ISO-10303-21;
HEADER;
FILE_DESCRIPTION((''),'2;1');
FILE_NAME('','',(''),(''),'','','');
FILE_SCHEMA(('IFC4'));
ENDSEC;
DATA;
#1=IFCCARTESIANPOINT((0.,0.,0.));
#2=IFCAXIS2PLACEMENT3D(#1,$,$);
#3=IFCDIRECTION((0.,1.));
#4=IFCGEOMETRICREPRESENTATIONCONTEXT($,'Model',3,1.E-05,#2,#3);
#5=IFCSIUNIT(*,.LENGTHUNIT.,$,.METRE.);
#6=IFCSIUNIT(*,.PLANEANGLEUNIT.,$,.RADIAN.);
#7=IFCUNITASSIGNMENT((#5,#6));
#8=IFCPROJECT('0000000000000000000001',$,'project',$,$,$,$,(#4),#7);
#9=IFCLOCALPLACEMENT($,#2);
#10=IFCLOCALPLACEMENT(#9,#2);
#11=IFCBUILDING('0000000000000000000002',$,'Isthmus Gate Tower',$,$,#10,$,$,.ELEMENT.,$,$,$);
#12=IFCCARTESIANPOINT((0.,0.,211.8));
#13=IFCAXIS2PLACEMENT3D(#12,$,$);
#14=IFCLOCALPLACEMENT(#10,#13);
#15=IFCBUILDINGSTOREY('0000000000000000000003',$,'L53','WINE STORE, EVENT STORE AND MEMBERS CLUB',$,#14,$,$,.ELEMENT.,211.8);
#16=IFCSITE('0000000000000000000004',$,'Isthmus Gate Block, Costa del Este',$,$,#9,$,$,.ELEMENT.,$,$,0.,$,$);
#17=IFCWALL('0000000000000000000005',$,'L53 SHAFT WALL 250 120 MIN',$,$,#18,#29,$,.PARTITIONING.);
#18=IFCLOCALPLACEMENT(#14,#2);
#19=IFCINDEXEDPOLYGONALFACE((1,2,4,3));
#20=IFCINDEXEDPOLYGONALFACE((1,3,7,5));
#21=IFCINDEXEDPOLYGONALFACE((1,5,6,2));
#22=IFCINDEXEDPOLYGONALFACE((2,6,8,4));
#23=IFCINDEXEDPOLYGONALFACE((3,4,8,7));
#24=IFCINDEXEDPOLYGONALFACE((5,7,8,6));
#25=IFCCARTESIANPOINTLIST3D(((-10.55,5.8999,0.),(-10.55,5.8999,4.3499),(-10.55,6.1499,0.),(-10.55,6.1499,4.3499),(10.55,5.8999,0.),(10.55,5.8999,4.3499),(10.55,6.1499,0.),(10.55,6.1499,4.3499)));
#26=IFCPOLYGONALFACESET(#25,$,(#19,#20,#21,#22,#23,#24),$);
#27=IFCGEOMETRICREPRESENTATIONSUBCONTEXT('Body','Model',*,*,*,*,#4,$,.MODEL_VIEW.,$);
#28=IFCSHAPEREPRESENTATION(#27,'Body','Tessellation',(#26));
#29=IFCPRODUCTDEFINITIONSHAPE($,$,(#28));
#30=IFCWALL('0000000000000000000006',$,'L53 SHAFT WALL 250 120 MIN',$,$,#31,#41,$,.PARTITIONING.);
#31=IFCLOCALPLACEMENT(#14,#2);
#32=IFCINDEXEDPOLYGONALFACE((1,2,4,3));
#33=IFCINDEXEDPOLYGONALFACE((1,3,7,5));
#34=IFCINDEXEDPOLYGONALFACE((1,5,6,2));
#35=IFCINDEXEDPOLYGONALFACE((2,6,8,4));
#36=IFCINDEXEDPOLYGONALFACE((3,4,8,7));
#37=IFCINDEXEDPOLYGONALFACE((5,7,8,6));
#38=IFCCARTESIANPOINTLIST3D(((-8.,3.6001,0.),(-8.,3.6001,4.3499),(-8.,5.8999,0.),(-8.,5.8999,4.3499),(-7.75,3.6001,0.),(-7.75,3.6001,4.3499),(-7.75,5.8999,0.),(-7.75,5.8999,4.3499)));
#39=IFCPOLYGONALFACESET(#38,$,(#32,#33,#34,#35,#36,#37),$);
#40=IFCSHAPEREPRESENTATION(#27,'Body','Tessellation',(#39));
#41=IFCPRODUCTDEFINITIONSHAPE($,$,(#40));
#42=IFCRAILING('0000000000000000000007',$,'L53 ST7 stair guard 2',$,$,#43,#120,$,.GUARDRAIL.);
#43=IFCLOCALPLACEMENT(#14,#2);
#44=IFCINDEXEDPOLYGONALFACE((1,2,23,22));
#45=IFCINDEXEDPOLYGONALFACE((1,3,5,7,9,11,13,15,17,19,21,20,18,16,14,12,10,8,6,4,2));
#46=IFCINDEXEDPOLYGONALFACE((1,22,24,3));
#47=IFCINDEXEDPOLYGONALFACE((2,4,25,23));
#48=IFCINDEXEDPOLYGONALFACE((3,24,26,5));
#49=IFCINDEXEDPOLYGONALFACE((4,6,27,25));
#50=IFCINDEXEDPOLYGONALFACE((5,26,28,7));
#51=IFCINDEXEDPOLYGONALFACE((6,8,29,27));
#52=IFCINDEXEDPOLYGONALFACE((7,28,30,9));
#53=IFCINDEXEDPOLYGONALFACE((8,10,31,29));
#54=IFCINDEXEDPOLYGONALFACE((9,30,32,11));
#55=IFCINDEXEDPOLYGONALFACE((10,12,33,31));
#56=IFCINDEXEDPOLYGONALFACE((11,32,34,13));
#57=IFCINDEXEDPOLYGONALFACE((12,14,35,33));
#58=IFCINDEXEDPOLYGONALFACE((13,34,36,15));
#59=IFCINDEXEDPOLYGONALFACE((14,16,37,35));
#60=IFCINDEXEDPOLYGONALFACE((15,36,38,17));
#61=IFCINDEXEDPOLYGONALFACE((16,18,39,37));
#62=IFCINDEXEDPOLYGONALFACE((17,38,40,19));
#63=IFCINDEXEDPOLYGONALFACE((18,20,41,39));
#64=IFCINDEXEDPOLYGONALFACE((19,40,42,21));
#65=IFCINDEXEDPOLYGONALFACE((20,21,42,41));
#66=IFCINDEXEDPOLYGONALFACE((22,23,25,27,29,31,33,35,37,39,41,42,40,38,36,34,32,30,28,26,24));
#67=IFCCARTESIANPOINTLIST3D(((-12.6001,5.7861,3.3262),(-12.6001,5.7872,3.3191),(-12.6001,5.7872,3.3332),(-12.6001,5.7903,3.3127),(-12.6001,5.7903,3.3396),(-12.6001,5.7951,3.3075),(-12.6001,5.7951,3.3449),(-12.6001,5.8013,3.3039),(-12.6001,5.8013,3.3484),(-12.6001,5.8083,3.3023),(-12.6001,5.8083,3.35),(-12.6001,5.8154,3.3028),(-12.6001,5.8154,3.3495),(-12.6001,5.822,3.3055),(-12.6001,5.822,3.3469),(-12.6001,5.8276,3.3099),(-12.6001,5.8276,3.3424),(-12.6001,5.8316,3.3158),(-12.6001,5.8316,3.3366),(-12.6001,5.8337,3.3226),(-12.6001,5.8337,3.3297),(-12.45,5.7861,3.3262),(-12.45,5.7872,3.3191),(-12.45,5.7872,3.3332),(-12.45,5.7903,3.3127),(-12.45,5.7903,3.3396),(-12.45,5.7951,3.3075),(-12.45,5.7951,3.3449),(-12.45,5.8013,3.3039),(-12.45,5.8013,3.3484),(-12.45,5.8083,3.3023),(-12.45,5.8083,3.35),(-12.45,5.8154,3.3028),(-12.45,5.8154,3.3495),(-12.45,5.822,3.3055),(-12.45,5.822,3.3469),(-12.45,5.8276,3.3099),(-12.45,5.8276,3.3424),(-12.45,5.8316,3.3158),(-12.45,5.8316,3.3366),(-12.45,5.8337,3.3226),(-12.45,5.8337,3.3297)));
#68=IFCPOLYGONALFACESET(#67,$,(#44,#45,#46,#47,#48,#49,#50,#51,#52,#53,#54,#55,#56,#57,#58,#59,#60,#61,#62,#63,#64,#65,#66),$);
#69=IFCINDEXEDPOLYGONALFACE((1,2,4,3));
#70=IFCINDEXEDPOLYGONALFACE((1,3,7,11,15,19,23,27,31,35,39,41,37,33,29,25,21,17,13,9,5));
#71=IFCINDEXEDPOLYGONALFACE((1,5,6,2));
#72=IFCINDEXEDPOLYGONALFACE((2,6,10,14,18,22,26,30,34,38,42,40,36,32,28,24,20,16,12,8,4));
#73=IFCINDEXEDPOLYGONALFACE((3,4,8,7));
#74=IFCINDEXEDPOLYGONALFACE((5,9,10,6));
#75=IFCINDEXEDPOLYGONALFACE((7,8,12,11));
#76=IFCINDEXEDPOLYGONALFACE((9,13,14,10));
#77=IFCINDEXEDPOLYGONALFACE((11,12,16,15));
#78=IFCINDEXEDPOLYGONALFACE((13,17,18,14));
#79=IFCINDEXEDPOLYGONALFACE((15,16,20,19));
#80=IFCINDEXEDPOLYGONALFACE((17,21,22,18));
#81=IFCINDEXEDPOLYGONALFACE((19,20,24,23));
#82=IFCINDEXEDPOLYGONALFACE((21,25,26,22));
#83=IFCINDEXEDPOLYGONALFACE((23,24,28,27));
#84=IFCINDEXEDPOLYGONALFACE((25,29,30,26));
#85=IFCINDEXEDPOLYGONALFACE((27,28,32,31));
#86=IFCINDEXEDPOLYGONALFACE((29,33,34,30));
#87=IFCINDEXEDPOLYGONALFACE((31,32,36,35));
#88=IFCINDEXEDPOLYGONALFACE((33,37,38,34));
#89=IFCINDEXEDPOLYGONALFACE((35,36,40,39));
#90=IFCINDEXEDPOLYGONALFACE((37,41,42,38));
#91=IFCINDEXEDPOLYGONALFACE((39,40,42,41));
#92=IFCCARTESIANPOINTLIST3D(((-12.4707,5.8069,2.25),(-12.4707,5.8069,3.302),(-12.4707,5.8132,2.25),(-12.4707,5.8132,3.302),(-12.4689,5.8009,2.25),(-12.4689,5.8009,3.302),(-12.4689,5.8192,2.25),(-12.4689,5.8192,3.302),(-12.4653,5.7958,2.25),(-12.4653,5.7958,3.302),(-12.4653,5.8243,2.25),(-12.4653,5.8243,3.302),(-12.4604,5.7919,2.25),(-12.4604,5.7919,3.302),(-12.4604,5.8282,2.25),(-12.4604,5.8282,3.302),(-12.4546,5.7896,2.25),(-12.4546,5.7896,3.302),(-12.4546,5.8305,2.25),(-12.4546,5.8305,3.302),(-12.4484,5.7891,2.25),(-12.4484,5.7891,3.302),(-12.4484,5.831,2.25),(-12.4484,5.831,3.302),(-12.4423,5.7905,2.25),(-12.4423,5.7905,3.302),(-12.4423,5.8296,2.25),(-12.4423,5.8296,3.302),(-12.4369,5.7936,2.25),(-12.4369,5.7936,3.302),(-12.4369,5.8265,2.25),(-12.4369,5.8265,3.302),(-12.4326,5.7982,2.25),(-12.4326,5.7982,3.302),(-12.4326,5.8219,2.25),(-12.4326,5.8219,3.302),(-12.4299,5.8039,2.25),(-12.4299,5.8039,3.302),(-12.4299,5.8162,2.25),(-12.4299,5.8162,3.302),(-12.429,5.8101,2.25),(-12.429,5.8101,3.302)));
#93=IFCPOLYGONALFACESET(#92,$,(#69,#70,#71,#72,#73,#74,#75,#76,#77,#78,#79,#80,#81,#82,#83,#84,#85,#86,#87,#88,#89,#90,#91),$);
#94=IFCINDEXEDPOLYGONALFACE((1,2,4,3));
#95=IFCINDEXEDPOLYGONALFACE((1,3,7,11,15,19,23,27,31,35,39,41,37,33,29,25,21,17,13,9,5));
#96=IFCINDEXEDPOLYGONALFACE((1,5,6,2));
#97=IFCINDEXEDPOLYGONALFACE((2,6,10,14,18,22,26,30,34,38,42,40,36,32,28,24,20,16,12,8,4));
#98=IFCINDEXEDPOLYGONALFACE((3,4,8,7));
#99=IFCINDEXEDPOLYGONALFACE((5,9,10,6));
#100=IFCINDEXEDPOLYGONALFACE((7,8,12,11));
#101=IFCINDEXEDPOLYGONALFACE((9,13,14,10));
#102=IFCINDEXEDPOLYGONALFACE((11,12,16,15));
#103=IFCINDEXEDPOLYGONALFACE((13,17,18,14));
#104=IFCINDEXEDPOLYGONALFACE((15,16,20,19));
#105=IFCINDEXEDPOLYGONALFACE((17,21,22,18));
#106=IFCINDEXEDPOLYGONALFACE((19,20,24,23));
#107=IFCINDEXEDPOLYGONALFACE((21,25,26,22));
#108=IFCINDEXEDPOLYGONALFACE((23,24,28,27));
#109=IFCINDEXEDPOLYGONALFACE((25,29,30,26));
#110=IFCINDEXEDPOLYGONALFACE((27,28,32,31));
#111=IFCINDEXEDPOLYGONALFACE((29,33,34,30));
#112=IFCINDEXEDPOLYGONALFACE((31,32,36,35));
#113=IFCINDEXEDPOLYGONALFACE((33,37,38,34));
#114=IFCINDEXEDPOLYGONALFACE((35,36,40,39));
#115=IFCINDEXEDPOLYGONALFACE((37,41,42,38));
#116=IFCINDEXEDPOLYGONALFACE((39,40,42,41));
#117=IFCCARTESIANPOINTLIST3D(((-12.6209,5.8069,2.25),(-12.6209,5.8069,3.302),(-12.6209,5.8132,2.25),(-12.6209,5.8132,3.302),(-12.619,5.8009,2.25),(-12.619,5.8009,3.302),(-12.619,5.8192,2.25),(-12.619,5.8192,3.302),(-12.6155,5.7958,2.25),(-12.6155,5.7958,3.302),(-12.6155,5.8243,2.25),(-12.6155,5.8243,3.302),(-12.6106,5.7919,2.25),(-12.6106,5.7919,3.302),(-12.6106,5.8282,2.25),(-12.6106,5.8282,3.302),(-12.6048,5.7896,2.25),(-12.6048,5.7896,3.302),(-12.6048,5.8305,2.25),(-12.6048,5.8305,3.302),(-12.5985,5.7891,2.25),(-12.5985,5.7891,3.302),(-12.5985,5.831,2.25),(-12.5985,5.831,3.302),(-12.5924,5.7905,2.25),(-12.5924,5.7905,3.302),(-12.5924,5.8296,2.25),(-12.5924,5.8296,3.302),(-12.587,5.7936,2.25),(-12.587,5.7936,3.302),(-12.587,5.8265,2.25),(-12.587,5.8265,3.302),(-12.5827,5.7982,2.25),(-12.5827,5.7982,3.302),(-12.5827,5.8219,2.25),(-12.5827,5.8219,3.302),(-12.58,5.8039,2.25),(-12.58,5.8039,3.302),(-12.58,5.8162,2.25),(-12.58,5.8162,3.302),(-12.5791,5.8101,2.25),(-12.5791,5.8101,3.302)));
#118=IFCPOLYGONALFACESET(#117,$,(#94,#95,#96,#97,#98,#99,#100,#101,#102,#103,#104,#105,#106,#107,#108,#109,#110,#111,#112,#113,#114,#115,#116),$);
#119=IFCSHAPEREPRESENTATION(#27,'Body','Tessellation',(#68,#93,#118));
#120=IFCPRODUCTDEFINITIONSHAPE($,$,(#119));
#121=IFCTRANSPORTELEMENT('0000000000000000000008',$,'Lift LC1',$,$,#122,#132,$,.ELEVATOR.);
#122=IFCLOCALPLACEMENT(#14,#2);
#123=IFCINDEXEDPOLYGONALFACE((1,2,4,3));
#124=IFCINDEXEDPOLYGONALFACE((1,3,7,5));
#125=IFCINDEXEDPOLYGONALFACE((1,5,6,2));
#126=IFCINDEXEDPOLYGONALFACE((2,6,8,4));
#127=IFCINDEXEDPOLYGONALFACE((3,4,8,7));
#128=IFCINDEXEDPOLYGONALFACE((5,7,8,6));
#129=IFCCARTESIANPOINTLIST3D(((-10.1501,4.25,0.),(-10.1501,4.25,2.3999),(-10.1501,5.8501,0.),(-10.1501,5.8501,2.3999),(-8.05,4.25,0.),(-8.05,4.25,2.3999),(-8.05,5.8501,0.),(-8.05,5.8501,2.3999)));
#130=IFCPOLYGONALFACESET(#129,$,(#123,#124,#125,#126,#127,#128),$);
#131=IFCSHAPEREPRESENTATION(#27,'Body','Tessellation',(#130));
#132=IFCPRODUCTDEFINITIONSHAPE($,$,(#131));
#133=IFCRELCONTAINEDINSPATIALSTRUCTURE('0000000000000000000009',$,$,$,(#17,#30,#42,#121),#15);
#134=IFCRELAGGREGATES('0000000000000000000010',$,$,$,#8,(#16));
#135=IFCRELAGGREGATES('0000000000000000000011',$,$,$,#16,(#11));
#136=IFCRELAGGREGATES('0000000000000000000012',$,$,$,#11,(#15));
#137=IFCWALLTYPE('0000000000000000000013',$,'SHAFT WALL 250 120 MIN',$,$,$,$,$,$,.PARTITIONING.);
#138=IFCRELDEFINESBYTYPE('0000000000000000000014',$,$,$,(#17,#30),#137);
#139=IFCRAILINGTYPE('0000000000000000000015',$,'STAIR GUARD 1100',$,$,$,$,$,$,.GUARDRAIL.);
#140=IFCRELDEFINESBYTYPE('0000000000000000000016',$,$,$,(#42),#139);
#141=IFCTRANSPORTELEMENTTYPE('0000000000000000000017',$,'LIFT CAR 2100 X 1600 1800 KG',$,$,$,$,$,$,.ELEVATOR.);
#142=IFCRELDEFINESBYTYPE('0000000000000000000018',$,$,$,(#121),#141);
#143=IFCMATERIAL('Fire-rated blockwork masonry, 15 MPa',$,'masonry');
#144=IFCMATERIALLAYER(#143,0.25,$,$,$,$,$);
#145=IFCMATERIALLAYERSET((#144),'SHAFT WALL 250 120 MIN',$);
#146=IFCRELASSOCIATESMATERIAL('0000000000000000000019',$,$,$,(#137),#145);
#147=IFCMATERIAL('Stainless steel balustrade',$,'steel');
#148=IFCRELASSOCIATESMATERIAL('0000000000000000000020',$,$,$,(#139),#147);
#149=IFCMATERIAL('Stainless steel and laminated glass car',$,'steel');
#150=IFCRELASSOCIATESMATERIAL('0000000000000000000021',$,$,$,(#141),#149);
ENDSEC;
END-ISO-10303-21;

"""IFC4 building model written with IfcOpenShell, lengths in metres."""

from ifc_helpers import new_model, si_unit, direction, frame, frame_2d, origin, origin_2d, place, context, subcontext, project, spatial, rectangle, circle, extrude, material, layer, layer_set, type_object, element, save


model = new_model("IFC4")

# Units and contexts
model_context = context("Model", 3, precision=1e-05, world=origin(), true_north=direction((0.0, 1.0)))
body_context = subcontext(model_context, "Body", "Model", "MODEL_VIEW")
ifc_project = project(units=[si_unit("LENGTHUNIT", "METRE"), si_unit("PLANEANGLEUNIT", "RADIAN")], contexts=[model_context])

# Site, building, storey
site_placement = place(None, origin())
site = spatial("IfcSite", under=ifc_project, at=site_placement, Name="Isthmus Gate Block, Costa del Este", CompositionType="ELEMENT", RefElevation=0.0)
building_placement = place(site_placement, origin())
building = spatial("IfcBuilding", under=site, at=building_placement, Name="Isthmus Gate Tower", CompositionType="ELEMENT")
storey_placement = place(building_placement, frame((0.0, 0.0, 211.8)))
storey = spatial("IfcBuildingStorey", under=building, at=storey_placement, Name="L53", Description="WINE STORE, EVENT STORE AND MEMBERS CLUB", CompositionType="ELEMENT", Elevation=211.8)

# Walls
ifc_material_1 = material(Name="Fire-rated blockwork masonry, 15 MPa", Category="masonry")
ifc_layer_1 = layer(ifc_material_1, 0.25)
ifc_layer_set_1 = layer_set([ifc_layer_1], Name="SHAFT WALL 250 120 MIN")
wall_type_1 = type_object("IfcWallType", Name="SHAFT WALL 250 120 MIN", PredefinedType="PARTITIONING", material=ifc_layer_set_1)
wall_1_placement = place(storey_placement, frame((-10.55, 6.0249, 0.0), z_axis=(0.0, 0.0, 1.0), x_axis=(1.0, 0.0, 0.0)))
element("IfcWall", 1, at=wall_1_placement, inside=storey, type_object=wall_type_1, Name="L53 SHAFT WALL 250 120 MIN", PredefinedType="PARTITIONING", context=body_context, shape_type="SweptSolid", body=[
    extrude(rectangle(XDim=21.1001, YDim=0.25, at=frame_2d((10.55, 0.0))), origin(), (0.0, 0.0, 1.0), 4.3499),
])
wall_2_placement = place(storey_placement, frame((-7.875, 3.6001, 0.0), z_axis=(0.0, 0.0, 1.0), x_axis=(0.0, 1.0, 0.0)))
element("IfcWall", 2, at=wall_2_placement, inside=storey, type_object=wall_type_1, Name="L53 SHAFT WALL 250 120 MIN", PredefinedType="PARTITIONING", context=body_context, shape_type="SweptSolid", body=[
    extrude(rectangle(XDim=2.2998, YDim=0.25, at=frame_2d((1.1499, 0.0))), origin(), (0.0, 0.0, 1.0), 4.3499),
])

# Railing
ifc_material_2 = material(Name="Stainless steel balustrade", Category="steel")
railing_type = type_object("IfcRailingType", Name="STAIR GUARD 1100", PredefinedType="GUARDRAIL", material=ifc_material_2)
railing_placement = place(storey_placement, frame((-12.45, 5.8101, 2.25)))
element("IfcRailing", 3, at=railing_placement, inside=storey, type_object=railing_type, Name="L53 ST7 stair guard 2", PredefinedType="GUARDRAIL", context=body_context, shape_type="SweptSolid", body=[
    extrude(circle(Radius=0.0239, at=origin_2d()), frame((0.0, 0.0, 1.0762), z_axis=(-1.0, 0.0, 0.0), x_axis=(0.0, -1.0, 0.0)), (0.0, 0.0, 1.0), 0.1501),
    extrude(circle(Radius=0.021, at=origin_2d()), origin(), (0.0, 0.0, 1.0), 1.052),
    extrude(circle(Radius=0.021, at=origin_2d()), frame((-0.1501, 0.0, 0.0)), (0.0, 0.0, 1.0), 1.052),
])

# Transport element
ifc_material_3 = material(Name="Stainless steel and laminated glass car", Category="steel")
transport_element_type = type_object("IfcTransportElementType", Name="LIFT CAR 2100 X 1600 1800 KG", PredefinedType="ELEVATOR", material=ifc_material_3)
transport_element_placement = place(storey_placement, frame((-9.1001, 5.05, 0.0), z_axis=(0.0, 0.0, 1.0), x_axis=(1.0, 0.0, 0.0)))
element("IfcTransportElement", 4, at=transport_element_placement, inside=storey, type_object=transport_element_type, Name="Lift LC1", PredefinedType="ELEVATOR", context=body_context, shape_type="SweptSolid", body=[
    extrude(rectangle(XDim=2.1001, YDim=1.6001, at=origin_2d()), origin(), (0.0, 0.0, 1.0), 2.3999),
])

save(model, "model.ifc")
